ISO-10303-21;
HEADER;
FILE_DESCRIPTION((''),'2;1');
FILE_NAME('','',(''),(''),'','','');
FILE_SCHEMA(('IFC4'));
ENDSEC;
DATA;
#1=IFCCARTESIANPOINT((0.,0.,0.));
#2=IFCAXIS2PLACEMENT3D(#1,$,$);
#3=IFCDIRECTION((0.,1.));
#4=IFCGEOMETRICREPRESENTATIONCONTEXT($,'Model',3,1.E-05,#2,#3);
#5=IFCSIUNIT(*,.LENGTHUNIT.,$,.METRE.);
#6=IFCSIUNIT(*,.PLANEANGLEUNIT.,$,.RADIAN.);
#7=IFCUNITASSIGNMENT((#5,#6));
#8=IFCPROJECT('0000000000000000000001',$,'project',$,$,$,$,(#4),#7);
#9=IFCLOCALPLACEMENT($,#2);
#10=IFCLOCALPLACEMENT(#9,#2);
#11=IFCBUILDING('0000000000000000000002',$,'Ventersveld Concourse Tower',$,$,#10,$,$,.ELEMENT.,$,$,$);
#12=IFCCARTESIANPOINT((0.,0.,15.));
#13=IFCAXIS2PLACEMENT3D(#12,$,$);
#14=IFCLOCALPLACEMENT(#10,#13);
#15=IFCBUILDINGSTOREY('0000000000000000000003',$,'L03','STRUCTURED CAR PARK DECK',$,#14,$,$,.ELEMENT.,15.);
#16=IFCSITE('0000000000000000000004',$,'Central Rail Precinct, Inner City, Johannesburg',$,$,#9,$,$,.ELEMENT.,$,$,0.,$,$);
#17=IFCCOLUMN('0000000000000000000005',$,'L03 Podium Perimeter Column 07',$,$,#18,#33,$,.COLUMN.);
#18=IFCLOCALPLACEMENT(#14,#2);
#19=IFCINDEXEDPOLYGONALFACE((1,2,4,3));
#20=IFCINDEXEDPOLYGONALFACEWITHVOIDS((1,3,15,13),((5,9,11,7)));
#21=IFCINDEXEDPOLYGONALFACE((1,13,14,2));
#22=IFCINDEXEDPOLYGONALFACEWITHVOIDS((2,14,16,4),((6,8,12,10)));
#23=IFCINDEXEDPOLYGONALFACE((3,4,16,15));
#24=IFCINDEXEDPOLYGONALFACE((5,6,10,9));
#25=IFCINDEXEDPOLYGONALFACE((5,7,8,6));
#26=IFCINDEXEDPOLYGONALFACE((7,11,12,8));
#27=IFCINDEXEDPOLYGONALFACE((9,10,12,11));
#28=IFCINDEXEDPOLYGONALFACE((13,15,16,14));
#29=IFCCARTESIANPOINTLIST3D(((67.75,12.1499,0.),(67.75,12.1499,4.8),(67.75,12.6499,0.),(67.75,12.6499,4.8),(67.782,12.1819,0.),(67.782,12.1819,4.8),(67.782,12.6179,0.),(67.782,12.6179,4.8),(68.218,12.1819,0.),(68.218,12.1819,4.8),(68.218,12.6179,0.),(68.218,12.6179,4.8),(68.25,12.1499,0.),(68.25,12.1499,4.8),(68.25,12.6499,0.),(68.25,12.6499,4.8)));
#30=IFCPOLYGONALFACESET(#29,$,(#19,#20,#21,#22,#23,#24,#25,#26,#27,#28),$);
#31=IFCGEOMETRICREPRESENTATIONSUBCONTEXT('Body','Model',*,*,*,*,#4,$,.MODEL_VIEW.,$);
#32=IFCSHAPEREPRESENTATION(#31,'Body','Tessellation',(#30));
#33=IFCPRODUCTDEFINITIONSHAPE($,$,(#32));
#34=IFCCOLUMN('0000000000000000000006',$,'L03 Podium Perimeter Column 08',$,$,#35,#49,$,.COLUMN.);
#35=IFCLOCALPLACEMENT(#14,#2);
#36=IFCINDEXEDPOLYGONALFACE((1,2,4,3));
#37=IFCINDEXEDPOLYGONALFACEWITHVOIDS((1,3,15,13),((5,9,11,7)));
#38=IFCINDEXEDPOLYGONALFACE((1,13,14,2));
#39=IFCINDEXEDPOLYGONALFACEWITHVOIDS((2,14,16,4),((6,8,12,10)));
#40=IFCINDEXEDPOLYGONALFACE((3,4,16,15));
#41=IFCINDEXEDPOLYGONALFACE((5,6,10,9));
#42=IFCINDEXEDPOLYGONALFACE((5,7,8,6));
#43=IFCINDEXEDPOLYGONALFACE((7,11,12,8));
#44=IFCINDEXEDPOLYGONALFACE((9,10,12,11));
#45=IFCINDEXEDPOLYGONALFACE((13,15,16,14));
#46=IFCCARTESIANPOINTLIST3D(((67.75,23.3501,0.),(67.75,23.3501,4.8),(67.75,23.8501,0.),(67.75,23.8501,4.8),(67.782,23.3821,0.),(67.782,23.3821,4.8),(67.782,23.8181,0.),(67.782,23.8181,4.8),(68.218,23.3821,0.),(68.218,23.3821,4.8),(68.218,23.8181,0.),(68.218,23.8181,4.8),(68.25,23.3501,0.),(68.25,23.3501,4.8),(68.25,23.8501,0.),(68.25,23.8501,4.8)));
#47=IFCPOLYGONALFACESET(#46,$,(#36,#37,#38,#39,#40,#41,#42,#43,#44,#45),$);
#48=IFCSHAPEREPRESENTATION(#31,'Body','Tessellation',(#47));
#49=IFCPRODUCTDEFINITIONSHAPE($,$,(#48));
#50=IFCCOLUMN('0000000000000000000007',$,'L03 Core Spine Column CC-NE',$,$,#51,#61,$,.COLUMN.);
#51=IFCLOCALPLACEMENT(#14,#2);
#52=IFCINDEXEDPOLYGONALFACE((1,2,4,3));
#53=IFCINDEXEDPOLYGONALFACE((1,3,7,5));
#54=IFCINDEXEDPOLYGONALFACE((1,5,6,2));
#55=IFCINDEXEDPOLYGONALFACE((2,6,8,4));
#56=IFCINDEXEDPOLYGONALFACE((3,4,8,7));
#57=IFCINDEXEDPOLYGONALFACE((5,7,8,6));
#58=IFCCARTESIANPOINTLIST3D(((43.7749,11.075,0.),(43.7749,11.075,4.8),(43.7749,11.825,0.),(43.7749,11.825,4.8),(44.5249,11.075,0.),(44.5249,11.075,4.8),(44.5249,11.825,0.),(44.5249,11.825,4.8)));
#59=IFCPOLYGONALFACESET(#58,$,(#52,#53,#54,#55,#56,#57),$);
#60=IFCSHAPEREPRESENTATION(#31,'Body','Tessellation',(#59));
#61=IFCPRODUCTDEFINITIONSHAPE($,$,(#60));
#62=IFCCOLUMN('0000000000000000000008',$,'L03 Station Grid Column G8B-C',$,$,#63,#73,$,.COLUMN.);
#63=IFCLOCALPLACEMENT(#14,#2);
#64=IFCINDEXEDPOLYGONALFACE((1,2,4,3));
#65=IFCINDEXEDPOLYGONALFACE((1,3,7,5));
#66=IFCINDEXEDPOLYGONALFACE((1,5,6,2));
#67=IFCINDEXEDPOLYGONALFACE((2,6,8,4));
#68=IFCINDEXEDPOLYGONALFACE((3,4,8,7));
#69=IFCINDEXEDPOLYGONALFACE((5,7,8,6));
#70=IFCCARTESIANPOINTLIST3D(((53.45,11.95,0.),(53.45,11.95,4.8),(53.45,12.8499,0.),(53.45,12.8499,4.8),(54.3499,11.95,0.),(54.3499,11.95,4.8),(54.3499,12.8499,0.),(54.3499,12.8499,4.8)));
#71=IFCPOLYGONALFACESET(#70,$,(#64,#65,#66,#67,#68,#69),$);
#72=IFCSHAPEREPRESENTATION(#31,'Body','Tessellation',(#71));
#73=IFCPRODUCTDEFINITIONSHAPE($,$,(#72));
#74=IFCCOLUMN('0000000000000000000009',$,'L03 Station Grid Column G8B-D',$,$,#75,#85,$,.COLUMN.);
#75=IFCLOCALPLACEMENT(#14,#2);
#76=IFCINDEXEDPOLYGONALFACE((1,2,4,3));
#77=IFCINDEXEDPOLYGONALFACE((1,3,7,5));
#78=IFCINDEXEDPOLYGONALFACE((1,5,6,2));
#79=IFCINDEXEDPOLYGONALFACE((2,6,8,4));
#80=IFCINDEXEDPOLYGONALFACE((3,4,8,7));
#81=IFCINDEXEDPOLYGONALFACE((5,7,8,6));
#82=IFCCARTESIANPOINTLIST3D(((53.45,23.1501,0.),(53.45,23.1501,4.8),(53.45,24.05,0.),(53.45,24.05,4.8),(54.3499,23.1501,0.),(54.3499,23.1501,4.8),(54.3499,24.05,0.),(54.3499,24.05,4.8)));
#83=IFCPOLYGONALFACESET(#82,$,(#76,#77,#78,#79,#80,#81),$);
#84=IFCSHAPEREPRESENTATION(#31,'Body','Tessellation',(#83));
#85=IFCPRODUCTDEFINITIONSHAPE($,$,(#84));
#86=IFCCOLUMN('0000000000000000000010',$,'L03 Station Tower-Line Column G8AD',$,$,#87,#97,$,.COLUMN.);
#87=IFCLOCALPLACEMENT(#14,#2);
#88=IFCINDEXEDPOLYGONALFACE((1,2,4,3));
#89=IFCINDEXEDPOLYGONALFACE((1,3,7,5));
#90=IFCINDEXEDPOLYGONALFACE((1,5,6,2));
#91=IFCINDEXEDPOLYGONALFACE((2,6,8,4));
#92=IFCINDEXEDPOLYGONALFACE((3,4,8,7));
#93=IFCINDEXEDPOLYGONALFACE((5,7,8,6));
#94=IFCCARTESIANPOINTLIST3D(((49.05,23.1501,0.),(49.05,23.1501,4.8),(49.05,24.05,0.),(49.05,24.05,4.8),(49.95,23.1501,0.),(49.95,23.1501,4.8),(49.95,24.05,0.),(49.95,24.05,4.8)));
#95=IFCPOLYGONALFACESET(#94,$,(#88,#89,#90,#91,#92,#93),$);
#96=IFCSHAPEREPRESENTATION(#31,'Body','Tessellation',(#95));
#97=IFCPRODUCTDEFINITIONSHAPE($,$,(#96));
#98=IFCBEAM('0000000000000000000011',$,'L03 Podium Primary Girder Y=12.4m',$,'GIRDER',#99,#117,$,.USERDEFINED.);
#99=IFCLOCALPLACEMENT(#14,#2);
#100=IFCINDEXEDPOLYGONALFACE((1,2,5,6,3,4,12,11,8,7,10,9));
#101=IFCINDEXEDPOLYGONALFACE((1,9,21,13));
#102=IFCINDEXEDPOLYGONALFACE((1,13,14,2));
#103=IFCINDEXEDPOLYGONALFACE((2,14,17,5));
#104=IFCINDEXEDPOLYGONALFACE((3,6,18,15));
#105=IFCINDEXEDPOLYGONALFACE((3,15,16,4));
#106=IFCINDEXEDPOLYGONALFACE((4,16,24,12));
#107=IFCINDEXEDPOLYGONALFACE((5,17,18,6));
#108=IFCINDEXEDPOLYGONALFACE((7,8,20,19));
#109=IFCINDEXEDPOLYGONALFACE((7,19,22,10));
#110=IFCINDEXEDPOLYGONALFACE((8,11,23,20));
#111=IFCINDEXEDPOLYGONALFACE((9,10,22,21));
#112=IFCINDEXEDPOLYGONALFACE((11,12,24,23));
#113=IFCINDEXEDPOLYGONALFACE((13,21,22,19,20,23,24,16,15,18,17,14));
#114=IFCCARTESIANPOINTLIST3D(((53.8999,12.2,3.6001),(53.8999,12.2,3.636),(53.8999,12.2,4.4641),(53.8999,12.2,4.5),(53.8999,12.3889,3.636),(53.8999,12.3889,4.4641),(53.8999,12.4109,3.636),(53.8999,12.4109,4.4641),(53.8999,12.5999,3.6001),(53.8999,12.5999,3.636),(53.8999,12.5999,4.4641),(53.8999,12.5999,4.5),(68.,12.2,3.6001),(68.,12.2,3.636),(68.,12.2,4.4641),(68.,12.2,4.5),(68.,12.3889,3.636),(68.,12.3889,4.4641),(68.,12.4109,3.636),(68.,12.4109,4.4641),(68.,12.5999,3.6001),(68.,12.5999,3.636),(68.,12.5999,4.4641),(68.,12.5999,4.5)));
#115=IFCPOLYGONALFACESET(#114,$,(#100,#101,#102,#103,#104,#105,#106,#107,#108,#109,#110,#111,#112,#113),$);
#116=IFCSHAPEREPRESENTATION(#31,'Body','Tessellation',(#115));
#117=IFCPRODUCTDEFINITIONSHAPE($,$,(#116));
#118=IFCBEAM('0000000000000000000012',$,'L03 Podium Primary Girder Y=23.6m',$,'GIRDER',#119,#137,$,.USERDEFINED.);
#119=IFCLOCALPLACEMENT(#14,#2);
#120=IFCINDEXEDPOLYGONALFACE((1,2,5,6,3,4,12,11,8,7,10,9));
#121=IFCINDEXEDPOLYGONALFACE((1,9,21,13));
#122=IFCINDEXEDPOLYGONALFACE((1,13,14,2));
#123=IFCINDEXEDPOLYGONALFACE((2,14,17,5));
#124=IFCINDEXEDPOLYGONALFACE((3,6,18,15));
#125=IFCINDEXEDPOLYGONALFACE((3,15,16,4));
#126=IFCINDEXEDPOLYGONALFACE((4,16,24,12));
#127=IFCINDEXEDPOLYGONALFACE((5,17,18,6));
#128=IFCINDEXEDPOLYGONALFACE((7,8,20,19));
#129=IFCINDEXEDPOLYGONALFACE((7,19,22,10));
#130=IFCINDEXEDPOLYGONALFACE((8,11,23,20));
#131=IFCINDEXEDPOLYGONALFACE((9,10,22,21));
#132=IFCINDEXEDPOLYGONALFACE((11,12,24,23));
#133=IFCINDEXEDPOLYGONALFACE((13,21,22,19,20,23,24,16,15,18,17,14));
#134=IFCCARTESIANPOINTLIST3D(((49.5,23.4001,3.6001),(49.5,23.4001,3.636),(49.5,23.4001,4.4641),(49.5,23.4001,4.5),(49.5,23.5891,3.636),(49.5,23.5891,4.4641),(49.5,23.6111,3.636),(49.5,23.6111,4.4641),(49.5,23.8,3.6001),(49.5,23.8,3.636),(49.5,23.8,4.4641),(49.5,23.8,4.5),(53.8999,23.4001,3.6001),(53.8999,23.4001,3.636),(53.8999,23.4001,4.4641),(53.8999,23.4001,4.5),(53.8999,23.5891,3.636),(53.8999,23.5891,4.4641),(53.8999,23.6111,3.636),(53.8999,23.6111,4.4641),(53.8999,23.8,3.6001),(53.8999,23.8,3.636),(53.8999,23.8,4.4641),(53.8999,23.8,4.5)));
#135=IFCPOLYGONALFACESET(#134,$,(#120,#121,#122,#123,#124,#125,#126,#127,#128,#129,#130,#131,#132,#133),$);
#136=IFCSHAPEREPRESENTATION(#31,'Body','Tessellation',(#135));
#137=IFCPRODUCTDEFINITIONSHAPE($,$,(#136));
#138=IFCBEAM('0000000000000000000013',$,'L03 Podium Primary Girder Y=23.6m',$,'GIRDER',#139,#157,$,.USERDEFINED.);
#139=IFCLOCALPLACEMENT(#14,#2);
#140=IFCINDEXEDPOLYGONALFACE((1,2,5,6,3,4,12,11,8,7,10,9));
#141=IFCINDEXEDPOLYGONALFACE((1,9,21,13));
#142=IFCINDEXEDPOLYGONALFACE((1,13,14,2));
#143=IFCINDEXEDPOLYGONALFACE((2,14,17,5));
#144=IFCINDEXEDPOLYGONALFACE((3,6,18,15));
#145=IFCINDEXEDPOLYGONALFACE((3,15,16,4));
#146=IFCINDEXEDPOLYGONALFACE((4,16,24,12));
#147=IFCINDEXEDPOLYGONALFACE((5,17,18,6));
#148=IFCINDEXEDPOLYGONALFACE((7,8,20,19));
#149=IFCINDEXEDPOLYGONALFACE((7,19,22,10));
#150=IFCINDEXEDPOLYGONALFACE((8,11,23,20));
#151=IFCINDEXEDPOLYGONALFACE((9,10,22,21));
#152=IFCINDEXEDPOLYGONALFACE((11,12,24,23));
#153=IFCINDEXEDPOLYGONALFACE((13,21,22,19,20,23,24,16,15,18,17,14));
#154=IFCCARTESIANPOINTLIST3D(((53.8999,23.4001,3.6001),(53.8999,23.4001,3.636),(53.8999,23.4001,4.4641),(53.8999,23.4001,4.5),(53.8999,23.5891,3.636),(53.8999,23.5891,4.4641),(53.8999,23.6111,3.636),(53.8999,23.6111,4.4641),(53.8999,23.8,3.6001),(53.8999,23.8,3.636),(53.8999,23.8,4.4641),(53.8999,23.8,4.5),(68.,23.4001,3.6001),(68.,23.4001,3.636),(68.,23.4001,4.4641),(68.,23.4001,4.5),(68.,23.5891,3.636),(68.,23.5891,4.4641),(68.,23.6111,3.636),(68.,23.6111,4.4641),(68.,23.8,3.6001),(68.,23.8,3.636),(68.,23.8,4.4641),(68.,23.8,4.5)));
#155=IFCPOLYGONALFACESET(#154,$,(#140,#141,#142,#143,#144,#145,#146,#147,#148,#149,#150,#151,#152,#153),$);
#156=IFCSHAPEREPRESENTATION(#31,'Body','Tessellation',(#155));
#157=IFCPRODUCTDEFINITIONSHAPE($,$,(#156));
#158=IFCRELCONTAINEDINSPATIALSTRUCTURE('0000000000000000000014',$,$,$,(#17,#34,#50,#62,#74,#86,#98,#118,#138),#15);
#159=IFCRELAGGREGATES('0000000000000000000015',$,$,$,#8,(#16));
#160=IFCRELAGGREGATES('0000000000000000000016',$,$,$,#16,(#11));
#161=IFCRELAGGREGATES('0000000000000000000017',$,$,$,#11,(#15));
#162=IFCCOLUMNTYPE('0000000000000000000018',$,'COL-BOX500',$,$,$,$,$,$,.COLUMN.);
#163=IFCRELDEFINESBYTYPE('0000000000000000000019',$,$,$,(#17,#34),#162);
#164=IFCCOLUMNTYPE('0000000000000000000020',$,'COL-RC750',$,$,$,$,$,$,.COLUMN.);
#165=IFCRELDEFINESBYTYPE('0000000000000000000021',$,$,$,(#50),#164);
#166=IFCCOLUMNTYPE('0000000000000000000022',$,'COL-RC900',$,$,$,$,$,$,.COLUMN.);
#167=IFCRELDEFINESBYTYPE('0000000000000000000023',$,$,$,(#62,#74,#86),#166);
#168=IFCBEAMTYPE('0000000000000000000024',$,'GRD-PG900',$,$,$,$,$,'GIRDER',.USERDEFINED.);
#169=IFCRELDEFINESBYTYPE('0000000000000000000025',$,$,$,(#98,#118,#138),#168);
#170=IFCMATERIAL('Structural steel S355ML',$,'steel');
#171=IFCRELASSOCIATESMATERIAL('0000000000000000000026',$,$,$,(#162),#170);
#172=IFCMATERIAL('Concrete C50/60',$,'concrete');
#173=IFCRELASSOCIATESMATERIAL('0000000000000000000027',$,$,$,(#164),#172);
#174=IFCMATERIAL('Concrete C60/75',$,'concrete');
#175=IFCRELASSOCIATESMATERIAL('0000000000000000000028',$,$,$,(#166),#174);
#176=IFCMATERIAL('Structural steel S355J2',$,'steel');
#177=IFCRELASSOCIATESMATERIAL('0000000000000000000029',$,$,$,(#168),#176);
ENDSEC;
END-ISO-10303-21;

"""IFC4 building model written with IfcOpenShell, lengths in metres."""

from ifc_helpers import new_model, si_unit, direction, frame, origin, origin_2d, place, context, subcontext, project, spatial, rectangle, hollow_rectangle, i_section, extrude, material, material_profile, profile_set, type_object, element, save


model = new_model("IFC4")

# Units and contexts
model_context = context("Model", 3, precision=1e-05, world=origin(), true_north=direction((0.0, 1.0)))
body_context = subcontext(model_context, "Body", "Model", "MODEL_VIEW")
ifc_project = project(units=[si_unit("LENGTHUNIT", "METRE"), si_unit("PLANEANGLEUNIT", "RADIAN")], contexts=[model_context])

# Site, building, storey
site_placement = place(None, origin())
site = spatial("IfcSite", under=ifc_project, at=site_placement, Name="Central Rail Precinct, Inner City, Johannesburg", CompositionType="ELEMENT", RefElevation=0.0)
building_placement = place(site_placement, origin())
building = spatial("IfcBuilding", under=site, at=building_placement, Name="Ventersveld Concourse Tower", CompositionType="ELEMENT")
storey_placement = place(building_placement, frame((0.0, 0.0, 15.0)))
storey = spatial("IfcBuildingStorey", under=building, at=storey_placement, Name="L03", Description="STRUCTURED CAR PARK DECK", CompositionType="ELEMENT", Elevation=15.0)

# Columns
ifc_material_1 = material(Name="Structural steel S355ML", Category="steel")
ifc_material_profile_1 = material_profile(ifc_material_1, hollow_rectangle(XDim=0.5, YDim=0.5, WallThickness=0.032, at=origin_2d()), Name="BOX 500x500x32")
ifc_profile_set_1 = profile_set([ifc_material_profile_1], Name="Structural steel S355ML")
column_type_1 = type_object("IfcColumnType", Name="COL-BOX500", PredefinedType="COLUMN", material=ifc_profile_set_1)
for number, where, z_axis, x_axis, name in (
    (1, (68.0, 12.3999, 0.0), (0.0, 0.0, 1.0), (1.0, 0.0, 0.0), "L03 Podium Perimeter Column 07"),
    (2, (68.0, 23.6001, 0.0), (0.0, 0.0, 1.0), (1.0, 0.0, 0.0), "L03 Podium Perimeter Column 08"),
):
    element("IfcColumn", number, at=place(storey_placement, frame(where, z_axis=z_axis, x_axis=x_axis)), inside=storey, type_object=column_type_1, Name=name, PredefinedType="COLUMN", context=body_context, shape_type="SweptSolid", body=[
        extrude(hollow_rectangle(XDim=0.5, YDim=0.5, WallThickness=0.032, at=origin_2d()), origin(), (0.0, 0.0, 1.0), 4.8),
    ])
ifc_material_2 = material(Name="Concrete C50/60", Category="concrete")
ifc_material_profile_2 = material_profile(ifc_material_2, rectangle(XDim=0.75, YDim=0.75, at=origin_2d()), Name="RC 750x750")
ifc_profile_set_2 = profile_set([ifc_material_profile_2], Name="Concrete C50/60")
column_type_2 = type_object("IfcColumnType", Name="COL-RC750", PredefinedType="COLUMN", material=ifc_profile_set_2)
column_placement = place(storey_placement, frame((44.1499, 11.45, 0.0), z_axis=(0.0, 0.0, 1.0), x_axis=(1.0, 0.0, 0.0)))
element("IfcColumn", 3, at=column_placement, inside=storey, type_object=column_type_2, Name="L03 Core Spine Column CC-NE", PredefinedType="COLUMN", context=body_context, shape_type="SweptSolid", body=[
    extrude(rectangle(XDim=0.75, YDim=0.75, at=origin_2d()), origin(), (0.0, 0.0, 1.0), 4.8),
])
ifc_material_3 = material(Name="Concrete C60/75", Category="concrete")
ifc_material_profile_3 = material_profile(ifc_material_3, rectangle(XDim=0.8999, YDim=0.8999, at=origin_2d()), Name="RC 900x900")
ifc_profile_set_3 = profile_set([ifc_material_profile_3], Name="Concrete C60/75")
column_type_3 = type_object("IfcColumnType", Name="COL-RC900", PredefinedType="COLUMN", material=ifc_profile_set_3)
for number, where, z_axis, x_axis, name in (
    (4, (53.8999, 12.3999, 0.0), (0.0, 0.0, 1.0), (1.0, 0.0, 0.0), "L03 Station Grid Column G8B-C"),
    (5, (53.8999, 23.6001, 0.0), (0.0, 0.0, 1.0), (1.0, 0.0, 0.0), "L03 Station Grid Column G8B-D"),
    (6, (49.5, 23.6001, 0.0), (0.0, 0.0, 1.0), (1.0, 0.0, 0.0), "L03 Station Tower-Line Column G8AD"),
):
    element("IfcColumn", number, at=place(storey_placement, frame(where, z_axis=z_axis, x_axis=x_axis)), inside=storey, type_object=column_type_3, Name=name, PredefinedType="COLUMN", context=body_context, shape_type="SweptSolid", body=[
        extrude(rectangle(XDim=0.8999, YDim=0.8999, at=origin_2d()), origin(), (0.0, 0.0, 1.0), 4.8),
    ])

# Beams
ifc_material_4 = material(Name="Structural steel S355J2", Category="steel")
ifc_material_profile_4 = material_profile(ifc_material_4, i_section(OverallWidth=0.3999, OverallDepth=0.8999, WebThickness=0.022, FlangeThickness=0.0359, at=origin_2d()), Name="PG 900x400x36")
ifc_profile_set_4 = profile_set([ifc_material_profile_4], Name="Structural steel S355J2")
beam_type_1 = type_object("IfcBeamType", Name="GRD-PG900", ElementType="GIRDER", PredefinedType="USERDEFINED", material=ifc_profile_set_4)
beam_1_placement = place(storey_placement, frame((53.8999, 12.3999, 4.05), z_axis=(1.0, 0.0, 0.0), x_axis=(0.0, 1.0, 0.0)))
element("IfcBeam", 7, at=beam_1_placement, inside=storey, type_object=beam_type_1, Name="L03 Podium Primary Girder Y=12.4m", ObjectType="GIRDER", PredefinedType="USERDEFINED", context=body_context, shape_type="SweptSolid", body=[
    extrude(i_section(OverallWidth=0.3999, OverallDepth=0.8999, WebThickness=0.022, FlangeThickness=0.0359, at=origin_2d()), origin(), (0.0, 0.0, 1.0), 14.1001),
])
beam_2_placement = place(storey_placement, frame((49.5, 23.6001, 4.05), z_axis=(1.0, 0.0, 0.0), x_axis=(0.0, 1.0, 0.0)))
element("IfcBeam", 8, at=beam_2_placement, inside=storey, type_object=beam_type_1, Name="L03 Podium Primary Girder Y=23.6m", ObjectType="GIRDER", PredefinedType="USERDEFINED", context=body_context, shape_type="SweptSolid", body=[
    extrude(i_section(OverallWidth=0.3999, OverallDepth=0.8999, WebThickness=0.022, FlangeThickness=0.0359, at=origin_2d()), origin(), (0.0, 0.0, 1.0), 4.3999),
])
beam_3_placement = place(storey_placement, frame((53.8999, 23.6001, 4.05), z_axis=(1.0, 0.0, 0.0), x_axis=(0.0, 1.0, 0.0)))
element("IfcBeam", 9, at=beam_3_placement, inside=storey, type_object=beam_type_1, Name="L03 Podium Primary Girder Y=23.6m", ObjectType="GIRDER", PredefinedType="USERDEFINED", context=body_context, shape_type="SweptSolid", body=[
    extrude(i_section(OverallWidth=0.3999, OverallDepth=0.8999, WebThickness=0.022, FlangeThickness=0.0359, at=origin_2d()), origin(), (0.0, 0.0, 1.0), 14.1001),
])

save(model, "model.ifc")
